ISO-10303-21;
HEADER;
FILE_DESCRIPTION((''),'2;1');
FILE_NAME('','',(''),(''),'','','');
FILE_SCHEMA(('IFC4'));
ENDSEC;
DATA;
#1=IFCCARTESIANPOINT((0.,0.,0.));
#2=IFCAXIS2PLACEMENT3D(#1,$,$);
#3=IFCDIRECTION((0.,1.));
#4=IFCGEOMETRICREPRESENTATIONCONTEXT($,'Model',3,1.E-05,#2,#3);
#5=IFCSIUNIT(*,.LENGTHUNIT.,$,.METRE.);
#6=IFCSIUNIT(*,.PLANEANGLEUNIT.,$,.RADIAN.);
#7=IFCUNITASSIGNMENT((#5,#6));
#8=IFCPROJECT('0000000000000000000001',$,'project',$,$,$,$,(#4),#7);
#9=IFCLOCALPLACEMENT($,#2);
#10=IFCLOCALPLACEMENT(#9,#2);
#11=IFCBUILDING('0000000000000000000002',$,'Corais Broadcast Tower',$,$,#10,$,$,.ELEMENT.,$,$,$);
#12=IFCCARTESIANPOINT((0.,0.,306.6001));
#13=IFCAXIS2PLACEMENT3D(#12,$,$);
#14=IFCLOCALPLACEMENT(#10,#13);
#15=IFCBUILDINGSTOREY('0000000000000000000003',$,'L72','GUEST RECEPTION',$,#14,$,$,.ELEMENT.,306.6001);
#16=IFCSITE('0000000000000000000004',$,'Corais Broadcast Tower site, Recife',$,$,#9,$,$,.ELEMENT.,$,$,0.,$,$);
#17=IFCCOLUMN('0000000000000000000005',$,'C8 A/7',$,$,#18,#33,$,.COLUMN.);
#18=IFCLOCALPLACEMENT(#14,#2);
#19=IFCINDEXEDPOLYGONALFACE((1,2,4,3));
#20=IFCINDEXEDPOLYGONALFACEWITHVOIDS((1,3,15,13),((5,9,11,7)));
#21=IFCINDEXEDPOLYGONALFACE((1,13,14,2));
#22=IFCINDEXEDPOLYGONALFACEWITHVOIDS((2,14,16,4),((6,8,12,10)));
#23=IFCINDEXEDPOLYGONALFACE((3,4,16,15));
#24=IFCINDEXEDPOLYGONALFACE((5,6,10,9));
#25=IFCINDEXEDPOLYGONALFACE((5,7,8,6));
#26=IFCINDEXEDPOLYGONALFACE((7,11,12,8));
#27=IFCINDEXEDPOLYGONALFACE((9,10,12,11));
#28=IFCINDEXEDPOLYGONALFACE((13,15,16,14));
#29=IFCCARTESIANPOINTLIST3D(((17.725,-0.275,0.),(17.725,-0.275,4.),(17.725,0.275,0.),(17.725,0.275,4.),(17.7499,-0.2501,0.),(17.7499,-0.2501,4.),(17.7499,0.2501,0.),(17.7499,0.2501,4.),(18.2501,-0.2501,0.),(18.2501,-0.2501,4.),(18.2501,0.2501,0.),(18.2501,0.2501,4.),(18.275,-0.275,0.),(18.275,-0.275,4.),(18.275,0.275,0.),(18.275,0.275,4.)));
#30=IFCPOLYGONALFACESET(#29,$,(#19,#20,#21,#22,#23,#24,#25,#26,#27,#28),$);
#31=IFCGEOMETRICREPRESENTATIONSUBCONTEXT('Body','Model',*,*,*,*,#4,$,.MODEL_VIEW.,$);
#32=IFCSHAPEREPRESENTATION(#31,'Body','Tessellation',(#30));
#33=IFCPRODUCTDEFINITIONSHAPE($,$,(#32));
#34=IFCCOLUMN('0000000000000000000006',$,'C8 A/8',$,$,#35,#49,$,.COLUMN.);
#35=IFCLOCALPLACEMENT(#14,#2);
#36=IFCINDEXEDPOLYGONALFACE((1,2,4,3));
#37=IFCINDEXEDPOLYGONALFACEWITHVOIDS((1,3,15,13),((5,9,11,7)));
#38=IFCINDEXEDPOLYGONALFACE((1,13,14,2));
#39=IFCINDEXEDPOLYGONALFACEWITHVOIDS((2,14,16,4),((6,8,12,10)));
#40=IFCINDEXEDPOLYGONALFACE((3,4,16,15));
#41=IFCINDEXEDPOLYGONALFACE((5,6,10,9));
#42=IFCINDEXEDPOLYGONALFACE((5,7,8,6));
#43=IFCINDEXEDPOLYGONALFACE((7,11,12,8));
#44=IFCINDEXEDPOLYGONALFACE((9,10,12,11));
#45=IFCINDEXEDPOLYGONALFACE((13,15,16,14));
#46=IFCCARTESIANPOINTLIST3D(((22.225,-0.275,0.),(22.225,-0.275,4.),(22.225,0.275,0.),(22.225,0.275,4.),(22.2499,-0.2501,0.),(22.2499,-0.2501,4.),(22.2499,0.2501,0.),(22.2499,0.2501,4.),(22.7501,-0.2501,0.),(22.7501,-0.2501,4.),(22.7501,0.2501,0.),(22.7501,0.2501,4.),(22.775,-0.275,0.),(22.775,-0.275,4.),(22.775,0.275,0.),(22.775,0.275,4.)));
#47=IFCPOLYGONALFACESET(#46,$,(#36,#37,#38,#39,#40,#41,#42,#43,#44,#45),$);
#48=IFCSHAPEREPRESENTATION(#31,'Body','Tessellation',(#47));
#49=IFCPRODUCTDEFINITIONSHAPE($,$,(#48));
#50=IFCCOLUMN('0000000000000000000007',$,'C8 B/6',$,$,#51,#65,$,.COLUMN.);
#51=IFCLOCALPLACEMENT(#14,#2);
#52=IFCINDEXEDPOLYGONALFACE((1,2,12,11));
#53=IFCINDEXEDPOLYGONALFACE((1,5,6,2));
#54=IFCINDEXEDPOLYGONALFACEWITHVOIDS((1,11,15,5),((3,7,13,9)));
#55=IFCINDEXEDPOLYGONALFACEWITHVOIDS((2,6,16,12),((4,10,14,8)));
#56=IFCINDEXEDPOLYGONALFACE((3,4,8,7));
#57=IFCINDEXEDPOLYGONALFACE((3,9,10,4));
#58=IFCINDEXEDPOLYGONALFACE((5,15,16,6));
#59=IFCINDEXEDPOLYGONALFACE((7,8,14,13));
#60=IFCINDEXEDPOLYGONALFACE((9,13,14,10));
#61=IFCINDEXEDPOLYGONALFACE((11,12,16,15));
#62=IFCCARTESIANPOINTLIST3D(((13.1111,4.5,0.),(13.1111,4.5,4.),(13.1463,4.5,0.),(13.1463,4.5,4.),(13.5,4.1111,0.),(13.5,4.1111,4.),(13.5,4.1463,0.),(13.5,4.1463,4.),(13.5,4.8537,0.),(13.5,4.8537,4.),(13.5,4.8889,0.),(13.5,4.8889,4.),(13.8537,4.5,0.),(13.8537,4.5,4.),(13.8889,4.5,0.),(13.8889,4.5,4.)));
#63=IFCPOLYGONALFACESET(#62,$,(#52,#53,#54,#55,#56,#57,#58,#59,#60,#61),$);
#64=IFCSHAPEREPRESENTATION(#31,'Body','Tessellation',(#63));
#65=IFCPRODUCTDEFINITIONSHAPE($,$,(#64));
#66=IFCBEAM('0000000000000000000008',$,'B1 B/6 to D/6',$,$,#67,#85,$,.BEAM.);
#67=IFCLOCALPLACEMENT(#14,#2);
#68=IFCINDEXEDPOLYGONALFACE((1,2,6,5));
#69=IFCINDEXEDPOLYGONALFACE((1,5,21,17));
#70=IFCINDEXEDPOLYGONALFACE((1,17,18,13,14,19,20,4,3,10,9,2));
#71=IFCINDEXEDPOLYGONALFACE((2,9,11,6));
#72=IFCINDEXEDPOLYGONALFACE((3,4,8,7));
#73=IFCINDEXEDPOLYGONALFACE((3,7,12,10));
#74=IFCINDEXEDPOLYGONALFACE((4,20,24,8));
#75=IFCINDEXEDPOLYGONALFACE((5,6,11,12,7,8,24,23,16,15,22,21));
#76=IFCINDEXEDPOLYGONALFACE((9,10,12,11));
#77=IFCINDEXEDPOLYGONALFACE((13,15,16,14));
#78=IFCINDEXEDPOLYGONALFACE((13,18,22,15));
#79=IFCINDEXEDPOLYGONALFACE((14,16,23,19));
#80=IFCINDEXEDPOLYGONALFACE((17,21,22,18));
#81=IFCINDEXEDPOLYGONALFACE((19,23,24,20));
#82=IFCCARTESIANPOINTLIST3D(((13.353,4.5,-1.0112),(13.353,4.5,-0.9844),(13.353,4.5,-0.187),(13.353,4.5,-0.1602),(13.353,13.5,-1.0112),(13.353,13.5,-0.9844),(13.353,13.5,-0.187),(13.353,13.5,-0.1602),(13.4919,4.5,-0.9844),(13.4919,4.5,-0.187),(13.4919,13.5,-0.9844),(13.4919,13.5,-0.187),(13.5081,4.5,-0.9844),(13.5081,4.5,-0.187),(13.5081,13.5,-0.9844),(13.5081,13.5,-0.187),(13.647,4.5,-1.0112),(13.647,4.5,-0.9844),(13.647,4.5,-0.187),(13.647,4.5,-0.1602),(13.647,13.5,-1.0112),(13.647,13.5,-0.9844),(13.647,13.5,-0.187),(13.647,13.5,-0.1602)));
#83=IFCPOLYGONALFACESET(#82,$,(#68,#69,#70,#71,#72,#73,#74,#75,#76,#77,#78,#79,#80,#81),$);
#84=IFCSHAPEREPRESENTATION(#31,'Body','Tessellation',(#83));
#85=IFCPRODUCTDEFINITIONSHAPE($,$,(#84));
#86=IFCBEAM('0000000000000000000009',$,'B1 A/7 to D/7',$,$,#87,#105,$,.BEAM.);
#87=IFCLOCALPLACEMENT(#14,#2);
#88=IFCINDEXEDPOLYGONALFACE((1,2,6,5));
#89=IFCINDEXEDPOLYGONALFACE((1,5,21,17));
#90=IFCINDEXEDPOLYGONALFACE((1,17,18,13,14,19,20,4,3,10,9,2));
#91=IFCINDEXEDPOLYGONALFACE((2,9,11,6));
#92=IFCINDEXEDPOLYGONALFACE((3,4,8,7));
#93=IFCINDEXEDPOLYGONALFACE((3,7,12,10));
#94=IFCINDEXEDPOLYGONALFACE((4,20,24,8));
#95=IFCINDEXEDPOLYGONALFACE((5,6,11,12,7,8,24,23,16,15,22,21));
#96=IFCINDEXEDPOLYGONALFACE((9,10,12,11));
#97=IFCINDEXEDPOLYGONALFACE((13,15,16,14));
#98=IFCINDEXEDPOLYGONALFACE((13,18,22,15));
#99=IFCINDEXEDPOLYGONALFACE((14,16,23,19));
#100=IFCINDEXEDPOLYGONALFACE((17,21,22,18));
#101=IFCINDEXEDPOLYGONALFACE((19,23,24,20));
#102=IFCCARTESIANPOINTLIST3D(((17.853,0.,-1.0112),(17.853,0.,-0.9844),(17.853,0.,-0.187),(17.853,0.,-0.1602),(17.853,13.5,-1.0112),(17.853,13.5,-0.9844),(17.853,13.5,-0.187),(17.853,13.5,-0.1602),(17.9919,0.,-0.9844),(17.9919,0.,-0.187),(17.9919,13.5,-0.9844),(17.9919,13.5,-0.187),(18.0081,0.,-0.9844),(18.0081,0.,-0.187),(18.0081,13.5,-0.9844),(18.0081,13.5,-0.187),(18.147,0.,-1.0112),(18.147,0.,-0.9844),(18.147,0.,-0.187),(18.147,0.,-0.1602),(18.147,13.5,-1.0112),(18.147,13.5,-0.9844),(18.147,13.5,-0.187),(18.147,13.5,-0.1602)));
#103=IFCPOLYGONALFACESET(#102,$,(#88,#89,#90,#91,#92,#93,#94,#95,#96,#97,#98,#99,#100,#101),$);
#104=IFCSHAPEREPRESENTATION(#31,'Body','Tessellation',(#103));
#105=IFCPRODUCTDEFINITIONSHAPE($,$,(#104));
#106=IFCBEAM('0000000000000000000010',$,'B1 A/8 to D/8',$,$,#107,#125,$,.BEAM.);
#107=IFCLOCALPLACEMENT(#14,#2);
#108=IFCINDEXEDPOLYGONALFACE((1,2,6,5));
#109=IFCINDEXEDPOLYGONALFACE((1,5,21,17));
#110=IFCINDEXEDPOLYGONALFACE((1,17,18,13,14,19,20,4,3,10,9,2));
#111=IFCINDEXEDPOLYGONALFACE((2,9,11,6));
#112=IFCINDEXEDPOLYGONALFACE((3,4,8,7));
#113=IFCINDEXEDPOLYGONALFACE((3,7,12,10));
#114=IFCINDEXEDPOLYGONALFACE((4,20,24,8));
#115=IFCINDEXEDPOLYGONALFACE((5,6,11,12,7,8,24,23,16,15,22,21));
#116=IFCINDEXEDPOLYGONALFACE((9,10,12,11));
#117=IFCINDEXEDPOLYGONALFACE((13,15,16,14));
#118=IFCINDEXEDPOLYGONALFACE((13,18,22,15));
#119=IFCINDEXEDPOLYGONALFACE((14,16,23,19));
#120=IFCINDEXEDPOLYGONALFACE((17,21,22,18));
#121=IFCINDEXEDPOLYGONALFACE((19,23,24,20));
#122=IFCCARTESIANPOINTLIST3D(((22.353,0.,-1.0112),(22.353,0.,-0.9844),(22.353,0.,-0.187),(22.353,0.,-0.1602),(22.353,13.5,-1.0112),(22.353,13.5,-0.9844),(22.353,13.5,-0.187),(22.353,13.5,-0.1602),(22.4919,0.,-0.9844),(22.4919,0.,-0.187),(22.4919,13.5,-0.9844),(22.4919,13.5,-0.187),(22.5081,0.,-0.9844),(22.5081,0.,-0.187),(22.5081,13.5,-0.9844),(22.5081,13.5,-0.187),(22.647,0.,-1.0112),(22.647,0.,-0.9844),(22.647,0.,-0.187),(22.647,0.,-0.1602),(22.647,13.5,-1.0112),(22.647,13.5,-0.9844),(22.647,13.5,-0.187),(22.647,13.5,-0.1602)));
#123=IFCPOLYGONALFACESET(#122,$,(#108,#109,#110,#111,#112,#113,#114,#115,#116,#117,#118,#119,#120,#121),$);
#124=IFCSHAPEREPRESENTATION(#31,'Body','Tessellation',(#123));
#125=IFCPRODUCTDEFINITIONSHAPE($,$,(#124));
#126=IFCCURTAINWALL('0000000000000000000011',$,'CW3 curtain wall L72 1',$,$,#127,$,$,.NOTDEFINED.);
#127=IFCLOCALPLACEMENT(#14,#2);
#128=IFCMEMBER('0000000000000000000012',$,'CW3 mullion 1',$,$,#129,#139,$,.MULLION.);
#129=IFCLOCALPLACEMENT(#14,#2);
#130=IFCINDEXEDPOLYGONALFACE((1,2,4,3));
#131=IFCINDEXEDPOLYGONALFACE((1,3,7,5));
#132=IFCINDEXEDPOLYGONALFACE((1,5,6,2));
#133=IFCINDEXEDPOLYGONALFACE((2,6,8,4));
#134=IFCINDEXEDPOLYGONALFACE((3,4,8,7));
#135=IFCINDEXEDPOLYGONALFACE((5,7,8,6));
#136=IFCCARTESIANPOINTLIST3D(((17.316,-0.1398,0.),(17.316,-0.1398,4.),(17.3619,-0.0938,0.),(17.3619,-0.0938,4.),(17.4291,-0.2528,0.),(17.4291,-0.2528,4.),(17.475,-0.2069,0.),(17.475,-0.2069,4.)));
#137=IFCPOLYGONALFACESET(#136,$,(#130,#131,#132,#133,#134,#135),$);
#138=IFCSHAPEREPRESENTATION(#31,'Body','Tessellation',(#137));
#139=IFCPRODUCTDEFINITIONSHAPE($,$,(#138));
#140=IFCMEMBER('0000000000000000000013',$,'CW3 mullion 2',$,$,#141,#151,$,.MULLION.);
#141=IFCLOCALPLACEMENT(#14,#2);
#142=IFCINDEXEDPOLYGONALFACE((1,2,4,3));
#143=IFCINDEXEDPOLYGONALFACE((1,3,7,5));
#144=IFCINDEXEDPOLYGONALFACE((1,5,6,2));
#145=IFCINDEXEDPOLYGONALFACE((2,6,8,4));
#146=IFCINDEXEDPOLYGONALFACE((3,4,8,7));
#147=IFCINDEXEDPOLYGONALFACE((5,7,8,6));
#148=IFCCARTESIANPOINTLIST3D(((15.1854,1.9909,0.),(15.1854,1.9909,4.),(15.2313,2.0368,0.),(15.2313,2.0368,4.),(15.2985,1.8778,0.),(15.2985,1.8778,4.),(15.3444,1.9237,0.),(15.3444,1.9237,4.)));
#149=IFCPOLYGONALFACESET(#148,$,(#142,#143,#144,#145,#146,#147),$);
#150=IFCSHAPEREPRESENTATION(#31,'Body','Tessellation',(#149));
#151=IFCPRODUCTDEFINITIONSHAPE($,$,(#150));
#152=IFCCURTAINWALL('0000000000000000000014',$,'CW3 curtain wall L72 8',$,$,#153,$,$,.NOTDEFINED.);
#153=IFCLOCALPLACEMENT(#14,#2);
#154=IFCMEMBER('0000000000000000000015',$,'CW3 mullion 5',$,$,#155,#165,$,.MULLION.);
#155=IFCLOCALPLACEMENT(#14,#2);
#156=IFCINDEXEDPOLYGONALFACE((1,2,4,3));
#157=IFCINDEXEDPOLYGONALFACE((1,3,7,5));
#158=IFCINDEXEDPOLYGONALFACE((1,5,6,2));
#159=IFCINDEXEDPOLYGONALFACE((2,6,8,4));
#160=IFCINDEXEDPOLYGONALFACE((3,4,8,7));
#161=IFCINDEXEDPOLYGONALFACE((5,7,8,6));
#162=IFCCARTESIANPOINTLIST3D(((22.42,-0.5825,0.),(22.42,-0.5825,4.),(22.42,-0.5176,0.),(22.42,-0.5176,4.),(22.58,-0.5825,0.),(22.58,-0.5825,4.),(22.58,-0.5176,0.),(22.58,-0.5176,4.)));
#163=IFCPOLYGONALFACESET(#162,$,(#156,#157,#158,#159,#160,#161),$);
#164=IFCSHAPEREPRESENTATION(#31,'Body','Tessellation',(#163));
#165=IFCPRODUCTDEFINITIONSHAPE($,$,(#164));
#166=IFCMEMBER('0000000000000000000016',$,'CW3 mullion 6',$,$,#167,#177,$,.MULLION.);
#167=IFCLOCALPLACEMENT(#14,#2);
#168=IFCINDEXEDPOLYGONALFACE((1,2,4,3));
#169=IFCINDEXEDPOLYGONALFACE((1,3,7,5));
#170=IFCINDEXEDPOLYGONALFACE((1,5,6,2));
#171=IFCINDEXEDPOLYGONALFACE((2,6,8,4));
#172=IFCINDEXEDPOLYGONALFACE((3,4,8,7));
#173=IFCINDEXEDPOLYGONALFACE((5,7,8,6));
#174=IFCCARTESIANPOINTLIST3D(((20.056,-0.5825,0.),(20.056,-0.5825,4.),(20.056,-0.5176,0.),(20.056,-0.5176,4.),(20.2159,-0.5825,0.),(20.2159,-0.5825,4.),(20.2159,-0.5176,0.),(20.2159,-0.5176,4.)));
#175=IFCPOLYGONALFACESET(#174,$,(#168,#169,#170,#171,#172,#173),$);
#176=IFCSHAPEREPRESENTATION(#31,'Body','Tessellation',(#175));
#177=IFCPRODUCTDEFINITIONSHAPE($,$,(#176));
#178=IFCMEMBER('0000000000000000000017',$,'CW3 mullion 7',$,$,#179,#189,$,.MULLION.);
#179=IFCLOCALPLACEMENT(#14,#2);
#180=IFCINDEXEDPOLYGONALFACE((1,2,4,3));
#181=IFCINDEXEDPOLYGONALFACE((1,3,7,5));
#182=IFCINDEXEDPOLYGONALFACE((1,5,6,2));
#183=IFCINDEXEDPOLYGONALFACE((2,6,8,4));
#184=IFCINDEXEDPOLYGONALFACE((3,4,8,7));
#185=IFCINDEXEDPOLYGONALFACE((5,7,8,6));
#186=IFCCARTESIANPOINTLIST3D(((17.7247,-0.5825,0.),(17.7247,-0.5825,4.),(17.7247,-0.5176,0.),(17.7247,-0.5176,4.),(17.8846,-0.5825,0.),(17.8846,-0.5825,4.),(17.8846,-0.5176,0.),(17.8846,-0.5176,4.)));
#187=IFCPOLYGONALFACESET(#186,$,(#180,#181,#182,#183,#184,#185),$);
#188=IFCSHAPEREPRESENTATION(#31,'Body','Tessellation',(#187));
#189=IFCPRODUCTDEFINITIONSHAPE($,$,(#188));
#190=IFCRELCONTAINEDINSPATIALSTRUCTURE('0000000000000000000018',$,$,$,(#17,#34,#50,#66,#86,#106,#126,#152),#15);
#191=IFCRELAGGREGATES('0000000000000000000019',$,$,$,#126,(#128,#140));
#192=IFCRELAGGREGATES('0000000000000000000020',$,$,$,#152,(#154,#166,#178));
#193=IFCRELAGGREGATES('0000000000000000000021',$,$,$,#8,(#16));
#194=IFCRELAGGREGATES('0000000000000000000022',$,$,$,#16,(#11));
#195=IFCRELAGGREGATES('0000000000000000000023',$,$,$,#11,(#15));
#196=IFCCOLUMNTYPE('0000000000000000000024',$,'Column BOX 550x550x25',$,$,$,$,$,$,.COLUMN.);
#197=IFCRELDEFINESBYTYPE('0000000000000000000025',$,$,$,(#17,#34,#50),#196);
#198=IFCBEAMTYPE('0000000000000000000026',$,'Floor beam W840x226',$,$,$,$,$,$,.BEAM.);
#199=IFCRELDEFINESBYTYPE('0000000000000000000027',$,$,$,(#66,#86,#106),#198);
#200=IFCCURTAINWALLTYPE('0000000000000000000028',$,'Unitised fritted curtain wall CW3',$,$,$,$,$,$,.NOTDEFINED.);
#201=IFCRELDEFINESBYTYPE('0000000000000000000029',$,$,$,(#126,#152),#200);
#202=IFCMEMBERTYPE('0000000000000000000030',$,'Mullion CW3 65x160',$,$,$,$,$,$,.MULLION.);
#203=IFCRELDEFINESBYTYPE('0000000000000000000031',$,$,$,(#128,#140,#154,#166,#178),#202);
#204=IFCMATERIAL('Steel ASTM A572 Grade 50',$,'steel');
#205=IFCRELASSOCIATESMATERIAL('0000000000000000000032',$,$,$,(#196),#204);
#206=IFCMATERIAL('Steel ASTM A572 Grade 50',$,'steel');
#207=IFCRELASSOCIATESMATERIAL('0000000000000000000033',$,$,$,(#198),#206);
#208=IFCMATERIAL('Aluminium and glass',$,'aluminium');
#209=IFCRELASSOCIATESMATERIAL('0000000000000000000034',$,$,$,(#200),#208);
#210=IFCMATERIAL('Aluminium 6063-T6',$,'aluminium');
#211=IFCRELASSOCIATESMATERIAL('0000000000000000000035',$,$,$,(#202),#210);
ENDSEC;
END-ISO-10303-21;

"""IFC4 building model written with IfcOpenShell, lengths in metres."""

from ifc_helpers import new_model, si_unit, direction, frame, origin, origin_2d, place, context, subcontext, project, spatial, rectangle, hollow_rectangle, i_section, extrude, material, material_profile, profile_set, type_object, element, aggregate, save


model = new_model("IFC4")

# Units and contexts
model_context = context("Model", 3, precision=1e-05, world=origin(), true_north=direction((0.0, 1.0)))
body_context = subcontext(model_context, "Body", "Model", "MODEL_VIEW")
ifc_project = project(units=[si_unit("LENGTHUNIT", "METRE"), si_unit("PLANEANGLEUNIT", "RADIAN")], contexts=[model_context])

# Site, building, storey
site_placement = place(None, origin())
site = spatial("IfcSite", under=ifc_project, at=site_placement, Name="Corais Broadcast Tower site, Recife", CompositionType="ELEMENT", RefElevation=0.0)
building_placement = place(site_placement, origin())
building = spatial("IfcBuilding", under=site, at=building_placement, Name="Corais Broadcast Tower", CompositionType="ELEMENT")
storey_placement = place(building_placement, frame((0.0, 0.0, 306.6001)))
storey = spatial("IfcBuildingStorey", under=building, at=storey_placement, Name="L72", Description="GUEST RECEPTION", CompositionType="ELEMENT", Elevation=306.6001)

# Columns
ifc_material_1 = material(Name="Steel ASTM A572 Grade 50", Category="steel")
ifc_material_profile_1 = material_profile(ifc_material_1, hollow_rectangle(XDim=0.55, YDim=0.55, WallThickness=0.0249, at=origin_2d()), Name="BOX 550x550x25")
ifc_profile_set_1 = profile_set([ifc_material_profile_1], Name="Steel ASTM A572 Grade 50")
column_type = type_object("IfcColumnType", Name="Column BOX 550x550x25", PredefinedType="COLUMN", material=ifc_profile_set_1)
for number, where, z_axis, x_axis, name in (
    (1, (18.0, 0.0, 0.0), (0.0, 0.0, 1.0), (1.0, 0.0, 0.0), "C8 A/7"),
    (2, (22.5, 0.0, 0.0), (0.0, 0.0, 1.0), (1.0, 0.0, 0.0), "C8 A/8"),
    (3, (13.5, 4.5, 0.0), (0.0, 0.0, 1.0), (0.707107, 0.707107, 0.0), "C8 B/6"),
):
    element("IfcColumn", number, at=place(storey_placement, frame(where, z_axis=z_axis, x_axis=x_axis)), inside=storey, type_object=column_type, Name=name, PredefinedType="COLUMN", context=body_context, shape_type="SweptSolid", body=[
        extrude(hollow_rectangle(XDim=0.55, YDim=0.55, WallThickness=0.0249, at=origin_2d()), origin(), (0.0, 0.0, 1.0), 4.0),
    ])

# Beams
ifc_material_2 = material(Name="Steel ASTM A572 Grade 50", Category="steel")
ifc_material_profile_2 = material_profile(ifc_material_2, i_section(OverallWidth=0.2939, OverallDepth=0.8511, WebThickness=0.0161, FlangeThickness=0.0269, at=origin_2d()), Name="W840x226")
ifc_profile_set_2 = profile_set([ifc_material_profile_2], Name="Steel ASTM A572 Grade 50")
beam_type_1 = type_object("IfcBeamType", Name="Floor beam W840x226", PredefinedType="BEAM", material=ifc_profile_set_2)
beam_1_placement = place(storey_placement, frame((13.5, 4.5, -0.5857), z_axis=(0.0, 1.0, 0.0), x_axis=(-1.0, 0.0, 0.0)))
element("IfcBeam", 4, at=beam_1_placement, inside=storey, type_object=beam_type_1, Name="B1 B/6 to D/6", PredefinedType="BEAM", context=body_context, shape_type="SweptSolid", body=[
    extrude(i_section(OverallWidth=0.2939, OverallDepth=0.8511, WebThickness=0.0161, FlangeThickness=0.0269, at=origin_2d()), origin(), (0.0, 0.0, 1.0), 9.0),
])
for number, where, z_axis, x_axis, name in (
    (5, (18.0, 0.0, -0.5857), (0.0, 1.0, 0.0), (-1.0, 0.0, 0.0), "B1 A/7 to D/7"),
    (6, (22.5, 0.0, -0.5857), (0.0, 1.0, 0.0), (-1.0, 0.0, 0.0), "B1 A/8 to D/8"),
):
    element("IfcBeam", number, at=place(storey_placement, frame(where, z_axis=z_axis, x_axis=x_axis)), inside=storey, type_object=beam_type_1, Name=name, PredefinedType="BEAM", context=body_context, shape_type="SweptSolid", body=[
        extrude(i_section(OverallWidth=0.2939, OverallDepth=0.8511, WebThickness=0.0161, FlangeThickness=0.0269, at=origin_2d()), origin(), (0.0, 0.0, 1.0), 13.5),
    ])

# Curtain walls, members
ifc_material_3 = material(Name="Aluminium and glass", Category="aluminium")
curtain_wall_type = type_object("IfcCurtainWallType", Name="Unitised fritted curtain wall CW3", PredefinedType="NOTDEFINED", material=ifc_material_3)
curtain_wall_1_placement = place(storey_placement, origin())
curtain_wall_1 = element("IfcCurtainWall", 7, at=curtain_wall_1_placement, inside=storey, type_object=curtain_wall_type, Name="CW3 curtain wall L72 1", PredefinedType="NOTDEFINED")
ifc_material_4 = material(Name="Aluminium 6063-T6", Category="aluminium")
ifc_material_profile_3 = material_profile(ifc_material_4, rectangle(XDim=0.0649, YDim=0.1599, at=origin_2d()), Name="Mullion CW3 65x160")
ifc_profile_set_3 = profile_set([ifc_material_profile_3], Name="Aluminium 6063-T6")
member_type_1 = type_object("IfcMemberType", Name="Mullion CW3 65x160", PredefinedType="MULLION", material=ifc_profile_set_3)
member_1_placement = place(storey_placement, frame((17.3955, -0.1733, 0.0), z_axis=(0.0, 0.0, 1.0), x_axis=(-0.707107, -0.707107, 0.0)))
member_1 = element("IfcMember", 8, at=member_1_placement, type_object=member_type_1, Name="CW3 mullion 1", PredefinedType="MULLION", context=body_context, shape_type="SweptSolid", body=[
    extrude(rectangle(XDim=0.0649, YDim=0.1599, at=origin_2d()), origin(), (0.0, 0.0, 1.0), 4.0),
])
member_2_placement = place(storey_placement, frame((15.2649, 1.9573, 0.0), z_axis=(0.0, 0.0, 1.0), x_axis=(-0.707107, -0.707107, 0.0)))
member_2 = element("IfcMember", 9, at=member_2_placement, type_object=member_type_1, Name="CW3 mullion 2", PredefinedType="MULLION", context=body_context, shape_type="SweptSolid", body=[
    extrude(rectangle(XDim=0.0649, YDim=0.1599, at=origin_2d()), origin(), (0.0, 0.0, 1.0), 4.0),
])
curtain_wall_2_placement = place(storey_placement, origin())
curtain_wall_2 = element("IfcCurtainWall", 10, at=curtain_wall_2_placement, inside=storey, type_object=curtain_wall_type, Name="CW3 curtain wall L72 8", PredefinedType="NOTDEFINED")
member_3_placement = place(storey_placement, frame((22.5, -0.55, 0.0), z_axis=(0.0, 0.0, 1.0), x_axis=(0.0, -1.0, 0.0)))
member_3 = element("IfcMember", 11, at=member_3_placement, type_object=member_type_1, Name="CW3 mullion 5", PredefinedType="MULLION", context=body_context, shape_type="SweptSolid", body=[
    extrude(rectangle(XDim=0.0649, YDim=0.1599, at=origin_2d()), origin(), (0.0, 0.0, 1.0), 4.0),
])
member_4_placement = place(storey_placement, frame((20.136, -0.55, 0.0), z_axis=(0.0, 0.0, 1.0), x_axis=(0.0, -1.0, 0.0)))
member_4 = element("IfcMember", 12, at=member_4_placement, type_object=member_type_1, Name="CW3 mullion 6", PredefinedType="MULLION", context=body_context, shape_type="SweptSolid", body=[
    extrude(rectangle(XDim=0.0649, YDim=0.1599, at=origin_2d()), origin(), (0.0, 0.0, 1.0), 4.0),
])
member_5_placement = place(storey_placement, frame((17.8047, -0.55, 0.0), z_axis=(0.0, 0.0, 1.0), x_axis=(0.0, -1.0, 0.0)))
member_5 = element("IfcMember", 13, at=member_5_placement, type_object=member_type_1, Name="CW3 mullion 7", PredefinedType="MULLION", context=body_context, shape_type="SweptSolid", body=[
    extrude(rectangle(XDim=0.0649, YDim=0.1599, at=origin_2d()), origin(), (0.0, 0.0, 1.0), 4.0),
])

aggregate(curtain_wall_1, [member_1, member_2])
aggregate(curtain_wall_2, [member_3, member_4, member_5])

save(model, "model.ifc")
